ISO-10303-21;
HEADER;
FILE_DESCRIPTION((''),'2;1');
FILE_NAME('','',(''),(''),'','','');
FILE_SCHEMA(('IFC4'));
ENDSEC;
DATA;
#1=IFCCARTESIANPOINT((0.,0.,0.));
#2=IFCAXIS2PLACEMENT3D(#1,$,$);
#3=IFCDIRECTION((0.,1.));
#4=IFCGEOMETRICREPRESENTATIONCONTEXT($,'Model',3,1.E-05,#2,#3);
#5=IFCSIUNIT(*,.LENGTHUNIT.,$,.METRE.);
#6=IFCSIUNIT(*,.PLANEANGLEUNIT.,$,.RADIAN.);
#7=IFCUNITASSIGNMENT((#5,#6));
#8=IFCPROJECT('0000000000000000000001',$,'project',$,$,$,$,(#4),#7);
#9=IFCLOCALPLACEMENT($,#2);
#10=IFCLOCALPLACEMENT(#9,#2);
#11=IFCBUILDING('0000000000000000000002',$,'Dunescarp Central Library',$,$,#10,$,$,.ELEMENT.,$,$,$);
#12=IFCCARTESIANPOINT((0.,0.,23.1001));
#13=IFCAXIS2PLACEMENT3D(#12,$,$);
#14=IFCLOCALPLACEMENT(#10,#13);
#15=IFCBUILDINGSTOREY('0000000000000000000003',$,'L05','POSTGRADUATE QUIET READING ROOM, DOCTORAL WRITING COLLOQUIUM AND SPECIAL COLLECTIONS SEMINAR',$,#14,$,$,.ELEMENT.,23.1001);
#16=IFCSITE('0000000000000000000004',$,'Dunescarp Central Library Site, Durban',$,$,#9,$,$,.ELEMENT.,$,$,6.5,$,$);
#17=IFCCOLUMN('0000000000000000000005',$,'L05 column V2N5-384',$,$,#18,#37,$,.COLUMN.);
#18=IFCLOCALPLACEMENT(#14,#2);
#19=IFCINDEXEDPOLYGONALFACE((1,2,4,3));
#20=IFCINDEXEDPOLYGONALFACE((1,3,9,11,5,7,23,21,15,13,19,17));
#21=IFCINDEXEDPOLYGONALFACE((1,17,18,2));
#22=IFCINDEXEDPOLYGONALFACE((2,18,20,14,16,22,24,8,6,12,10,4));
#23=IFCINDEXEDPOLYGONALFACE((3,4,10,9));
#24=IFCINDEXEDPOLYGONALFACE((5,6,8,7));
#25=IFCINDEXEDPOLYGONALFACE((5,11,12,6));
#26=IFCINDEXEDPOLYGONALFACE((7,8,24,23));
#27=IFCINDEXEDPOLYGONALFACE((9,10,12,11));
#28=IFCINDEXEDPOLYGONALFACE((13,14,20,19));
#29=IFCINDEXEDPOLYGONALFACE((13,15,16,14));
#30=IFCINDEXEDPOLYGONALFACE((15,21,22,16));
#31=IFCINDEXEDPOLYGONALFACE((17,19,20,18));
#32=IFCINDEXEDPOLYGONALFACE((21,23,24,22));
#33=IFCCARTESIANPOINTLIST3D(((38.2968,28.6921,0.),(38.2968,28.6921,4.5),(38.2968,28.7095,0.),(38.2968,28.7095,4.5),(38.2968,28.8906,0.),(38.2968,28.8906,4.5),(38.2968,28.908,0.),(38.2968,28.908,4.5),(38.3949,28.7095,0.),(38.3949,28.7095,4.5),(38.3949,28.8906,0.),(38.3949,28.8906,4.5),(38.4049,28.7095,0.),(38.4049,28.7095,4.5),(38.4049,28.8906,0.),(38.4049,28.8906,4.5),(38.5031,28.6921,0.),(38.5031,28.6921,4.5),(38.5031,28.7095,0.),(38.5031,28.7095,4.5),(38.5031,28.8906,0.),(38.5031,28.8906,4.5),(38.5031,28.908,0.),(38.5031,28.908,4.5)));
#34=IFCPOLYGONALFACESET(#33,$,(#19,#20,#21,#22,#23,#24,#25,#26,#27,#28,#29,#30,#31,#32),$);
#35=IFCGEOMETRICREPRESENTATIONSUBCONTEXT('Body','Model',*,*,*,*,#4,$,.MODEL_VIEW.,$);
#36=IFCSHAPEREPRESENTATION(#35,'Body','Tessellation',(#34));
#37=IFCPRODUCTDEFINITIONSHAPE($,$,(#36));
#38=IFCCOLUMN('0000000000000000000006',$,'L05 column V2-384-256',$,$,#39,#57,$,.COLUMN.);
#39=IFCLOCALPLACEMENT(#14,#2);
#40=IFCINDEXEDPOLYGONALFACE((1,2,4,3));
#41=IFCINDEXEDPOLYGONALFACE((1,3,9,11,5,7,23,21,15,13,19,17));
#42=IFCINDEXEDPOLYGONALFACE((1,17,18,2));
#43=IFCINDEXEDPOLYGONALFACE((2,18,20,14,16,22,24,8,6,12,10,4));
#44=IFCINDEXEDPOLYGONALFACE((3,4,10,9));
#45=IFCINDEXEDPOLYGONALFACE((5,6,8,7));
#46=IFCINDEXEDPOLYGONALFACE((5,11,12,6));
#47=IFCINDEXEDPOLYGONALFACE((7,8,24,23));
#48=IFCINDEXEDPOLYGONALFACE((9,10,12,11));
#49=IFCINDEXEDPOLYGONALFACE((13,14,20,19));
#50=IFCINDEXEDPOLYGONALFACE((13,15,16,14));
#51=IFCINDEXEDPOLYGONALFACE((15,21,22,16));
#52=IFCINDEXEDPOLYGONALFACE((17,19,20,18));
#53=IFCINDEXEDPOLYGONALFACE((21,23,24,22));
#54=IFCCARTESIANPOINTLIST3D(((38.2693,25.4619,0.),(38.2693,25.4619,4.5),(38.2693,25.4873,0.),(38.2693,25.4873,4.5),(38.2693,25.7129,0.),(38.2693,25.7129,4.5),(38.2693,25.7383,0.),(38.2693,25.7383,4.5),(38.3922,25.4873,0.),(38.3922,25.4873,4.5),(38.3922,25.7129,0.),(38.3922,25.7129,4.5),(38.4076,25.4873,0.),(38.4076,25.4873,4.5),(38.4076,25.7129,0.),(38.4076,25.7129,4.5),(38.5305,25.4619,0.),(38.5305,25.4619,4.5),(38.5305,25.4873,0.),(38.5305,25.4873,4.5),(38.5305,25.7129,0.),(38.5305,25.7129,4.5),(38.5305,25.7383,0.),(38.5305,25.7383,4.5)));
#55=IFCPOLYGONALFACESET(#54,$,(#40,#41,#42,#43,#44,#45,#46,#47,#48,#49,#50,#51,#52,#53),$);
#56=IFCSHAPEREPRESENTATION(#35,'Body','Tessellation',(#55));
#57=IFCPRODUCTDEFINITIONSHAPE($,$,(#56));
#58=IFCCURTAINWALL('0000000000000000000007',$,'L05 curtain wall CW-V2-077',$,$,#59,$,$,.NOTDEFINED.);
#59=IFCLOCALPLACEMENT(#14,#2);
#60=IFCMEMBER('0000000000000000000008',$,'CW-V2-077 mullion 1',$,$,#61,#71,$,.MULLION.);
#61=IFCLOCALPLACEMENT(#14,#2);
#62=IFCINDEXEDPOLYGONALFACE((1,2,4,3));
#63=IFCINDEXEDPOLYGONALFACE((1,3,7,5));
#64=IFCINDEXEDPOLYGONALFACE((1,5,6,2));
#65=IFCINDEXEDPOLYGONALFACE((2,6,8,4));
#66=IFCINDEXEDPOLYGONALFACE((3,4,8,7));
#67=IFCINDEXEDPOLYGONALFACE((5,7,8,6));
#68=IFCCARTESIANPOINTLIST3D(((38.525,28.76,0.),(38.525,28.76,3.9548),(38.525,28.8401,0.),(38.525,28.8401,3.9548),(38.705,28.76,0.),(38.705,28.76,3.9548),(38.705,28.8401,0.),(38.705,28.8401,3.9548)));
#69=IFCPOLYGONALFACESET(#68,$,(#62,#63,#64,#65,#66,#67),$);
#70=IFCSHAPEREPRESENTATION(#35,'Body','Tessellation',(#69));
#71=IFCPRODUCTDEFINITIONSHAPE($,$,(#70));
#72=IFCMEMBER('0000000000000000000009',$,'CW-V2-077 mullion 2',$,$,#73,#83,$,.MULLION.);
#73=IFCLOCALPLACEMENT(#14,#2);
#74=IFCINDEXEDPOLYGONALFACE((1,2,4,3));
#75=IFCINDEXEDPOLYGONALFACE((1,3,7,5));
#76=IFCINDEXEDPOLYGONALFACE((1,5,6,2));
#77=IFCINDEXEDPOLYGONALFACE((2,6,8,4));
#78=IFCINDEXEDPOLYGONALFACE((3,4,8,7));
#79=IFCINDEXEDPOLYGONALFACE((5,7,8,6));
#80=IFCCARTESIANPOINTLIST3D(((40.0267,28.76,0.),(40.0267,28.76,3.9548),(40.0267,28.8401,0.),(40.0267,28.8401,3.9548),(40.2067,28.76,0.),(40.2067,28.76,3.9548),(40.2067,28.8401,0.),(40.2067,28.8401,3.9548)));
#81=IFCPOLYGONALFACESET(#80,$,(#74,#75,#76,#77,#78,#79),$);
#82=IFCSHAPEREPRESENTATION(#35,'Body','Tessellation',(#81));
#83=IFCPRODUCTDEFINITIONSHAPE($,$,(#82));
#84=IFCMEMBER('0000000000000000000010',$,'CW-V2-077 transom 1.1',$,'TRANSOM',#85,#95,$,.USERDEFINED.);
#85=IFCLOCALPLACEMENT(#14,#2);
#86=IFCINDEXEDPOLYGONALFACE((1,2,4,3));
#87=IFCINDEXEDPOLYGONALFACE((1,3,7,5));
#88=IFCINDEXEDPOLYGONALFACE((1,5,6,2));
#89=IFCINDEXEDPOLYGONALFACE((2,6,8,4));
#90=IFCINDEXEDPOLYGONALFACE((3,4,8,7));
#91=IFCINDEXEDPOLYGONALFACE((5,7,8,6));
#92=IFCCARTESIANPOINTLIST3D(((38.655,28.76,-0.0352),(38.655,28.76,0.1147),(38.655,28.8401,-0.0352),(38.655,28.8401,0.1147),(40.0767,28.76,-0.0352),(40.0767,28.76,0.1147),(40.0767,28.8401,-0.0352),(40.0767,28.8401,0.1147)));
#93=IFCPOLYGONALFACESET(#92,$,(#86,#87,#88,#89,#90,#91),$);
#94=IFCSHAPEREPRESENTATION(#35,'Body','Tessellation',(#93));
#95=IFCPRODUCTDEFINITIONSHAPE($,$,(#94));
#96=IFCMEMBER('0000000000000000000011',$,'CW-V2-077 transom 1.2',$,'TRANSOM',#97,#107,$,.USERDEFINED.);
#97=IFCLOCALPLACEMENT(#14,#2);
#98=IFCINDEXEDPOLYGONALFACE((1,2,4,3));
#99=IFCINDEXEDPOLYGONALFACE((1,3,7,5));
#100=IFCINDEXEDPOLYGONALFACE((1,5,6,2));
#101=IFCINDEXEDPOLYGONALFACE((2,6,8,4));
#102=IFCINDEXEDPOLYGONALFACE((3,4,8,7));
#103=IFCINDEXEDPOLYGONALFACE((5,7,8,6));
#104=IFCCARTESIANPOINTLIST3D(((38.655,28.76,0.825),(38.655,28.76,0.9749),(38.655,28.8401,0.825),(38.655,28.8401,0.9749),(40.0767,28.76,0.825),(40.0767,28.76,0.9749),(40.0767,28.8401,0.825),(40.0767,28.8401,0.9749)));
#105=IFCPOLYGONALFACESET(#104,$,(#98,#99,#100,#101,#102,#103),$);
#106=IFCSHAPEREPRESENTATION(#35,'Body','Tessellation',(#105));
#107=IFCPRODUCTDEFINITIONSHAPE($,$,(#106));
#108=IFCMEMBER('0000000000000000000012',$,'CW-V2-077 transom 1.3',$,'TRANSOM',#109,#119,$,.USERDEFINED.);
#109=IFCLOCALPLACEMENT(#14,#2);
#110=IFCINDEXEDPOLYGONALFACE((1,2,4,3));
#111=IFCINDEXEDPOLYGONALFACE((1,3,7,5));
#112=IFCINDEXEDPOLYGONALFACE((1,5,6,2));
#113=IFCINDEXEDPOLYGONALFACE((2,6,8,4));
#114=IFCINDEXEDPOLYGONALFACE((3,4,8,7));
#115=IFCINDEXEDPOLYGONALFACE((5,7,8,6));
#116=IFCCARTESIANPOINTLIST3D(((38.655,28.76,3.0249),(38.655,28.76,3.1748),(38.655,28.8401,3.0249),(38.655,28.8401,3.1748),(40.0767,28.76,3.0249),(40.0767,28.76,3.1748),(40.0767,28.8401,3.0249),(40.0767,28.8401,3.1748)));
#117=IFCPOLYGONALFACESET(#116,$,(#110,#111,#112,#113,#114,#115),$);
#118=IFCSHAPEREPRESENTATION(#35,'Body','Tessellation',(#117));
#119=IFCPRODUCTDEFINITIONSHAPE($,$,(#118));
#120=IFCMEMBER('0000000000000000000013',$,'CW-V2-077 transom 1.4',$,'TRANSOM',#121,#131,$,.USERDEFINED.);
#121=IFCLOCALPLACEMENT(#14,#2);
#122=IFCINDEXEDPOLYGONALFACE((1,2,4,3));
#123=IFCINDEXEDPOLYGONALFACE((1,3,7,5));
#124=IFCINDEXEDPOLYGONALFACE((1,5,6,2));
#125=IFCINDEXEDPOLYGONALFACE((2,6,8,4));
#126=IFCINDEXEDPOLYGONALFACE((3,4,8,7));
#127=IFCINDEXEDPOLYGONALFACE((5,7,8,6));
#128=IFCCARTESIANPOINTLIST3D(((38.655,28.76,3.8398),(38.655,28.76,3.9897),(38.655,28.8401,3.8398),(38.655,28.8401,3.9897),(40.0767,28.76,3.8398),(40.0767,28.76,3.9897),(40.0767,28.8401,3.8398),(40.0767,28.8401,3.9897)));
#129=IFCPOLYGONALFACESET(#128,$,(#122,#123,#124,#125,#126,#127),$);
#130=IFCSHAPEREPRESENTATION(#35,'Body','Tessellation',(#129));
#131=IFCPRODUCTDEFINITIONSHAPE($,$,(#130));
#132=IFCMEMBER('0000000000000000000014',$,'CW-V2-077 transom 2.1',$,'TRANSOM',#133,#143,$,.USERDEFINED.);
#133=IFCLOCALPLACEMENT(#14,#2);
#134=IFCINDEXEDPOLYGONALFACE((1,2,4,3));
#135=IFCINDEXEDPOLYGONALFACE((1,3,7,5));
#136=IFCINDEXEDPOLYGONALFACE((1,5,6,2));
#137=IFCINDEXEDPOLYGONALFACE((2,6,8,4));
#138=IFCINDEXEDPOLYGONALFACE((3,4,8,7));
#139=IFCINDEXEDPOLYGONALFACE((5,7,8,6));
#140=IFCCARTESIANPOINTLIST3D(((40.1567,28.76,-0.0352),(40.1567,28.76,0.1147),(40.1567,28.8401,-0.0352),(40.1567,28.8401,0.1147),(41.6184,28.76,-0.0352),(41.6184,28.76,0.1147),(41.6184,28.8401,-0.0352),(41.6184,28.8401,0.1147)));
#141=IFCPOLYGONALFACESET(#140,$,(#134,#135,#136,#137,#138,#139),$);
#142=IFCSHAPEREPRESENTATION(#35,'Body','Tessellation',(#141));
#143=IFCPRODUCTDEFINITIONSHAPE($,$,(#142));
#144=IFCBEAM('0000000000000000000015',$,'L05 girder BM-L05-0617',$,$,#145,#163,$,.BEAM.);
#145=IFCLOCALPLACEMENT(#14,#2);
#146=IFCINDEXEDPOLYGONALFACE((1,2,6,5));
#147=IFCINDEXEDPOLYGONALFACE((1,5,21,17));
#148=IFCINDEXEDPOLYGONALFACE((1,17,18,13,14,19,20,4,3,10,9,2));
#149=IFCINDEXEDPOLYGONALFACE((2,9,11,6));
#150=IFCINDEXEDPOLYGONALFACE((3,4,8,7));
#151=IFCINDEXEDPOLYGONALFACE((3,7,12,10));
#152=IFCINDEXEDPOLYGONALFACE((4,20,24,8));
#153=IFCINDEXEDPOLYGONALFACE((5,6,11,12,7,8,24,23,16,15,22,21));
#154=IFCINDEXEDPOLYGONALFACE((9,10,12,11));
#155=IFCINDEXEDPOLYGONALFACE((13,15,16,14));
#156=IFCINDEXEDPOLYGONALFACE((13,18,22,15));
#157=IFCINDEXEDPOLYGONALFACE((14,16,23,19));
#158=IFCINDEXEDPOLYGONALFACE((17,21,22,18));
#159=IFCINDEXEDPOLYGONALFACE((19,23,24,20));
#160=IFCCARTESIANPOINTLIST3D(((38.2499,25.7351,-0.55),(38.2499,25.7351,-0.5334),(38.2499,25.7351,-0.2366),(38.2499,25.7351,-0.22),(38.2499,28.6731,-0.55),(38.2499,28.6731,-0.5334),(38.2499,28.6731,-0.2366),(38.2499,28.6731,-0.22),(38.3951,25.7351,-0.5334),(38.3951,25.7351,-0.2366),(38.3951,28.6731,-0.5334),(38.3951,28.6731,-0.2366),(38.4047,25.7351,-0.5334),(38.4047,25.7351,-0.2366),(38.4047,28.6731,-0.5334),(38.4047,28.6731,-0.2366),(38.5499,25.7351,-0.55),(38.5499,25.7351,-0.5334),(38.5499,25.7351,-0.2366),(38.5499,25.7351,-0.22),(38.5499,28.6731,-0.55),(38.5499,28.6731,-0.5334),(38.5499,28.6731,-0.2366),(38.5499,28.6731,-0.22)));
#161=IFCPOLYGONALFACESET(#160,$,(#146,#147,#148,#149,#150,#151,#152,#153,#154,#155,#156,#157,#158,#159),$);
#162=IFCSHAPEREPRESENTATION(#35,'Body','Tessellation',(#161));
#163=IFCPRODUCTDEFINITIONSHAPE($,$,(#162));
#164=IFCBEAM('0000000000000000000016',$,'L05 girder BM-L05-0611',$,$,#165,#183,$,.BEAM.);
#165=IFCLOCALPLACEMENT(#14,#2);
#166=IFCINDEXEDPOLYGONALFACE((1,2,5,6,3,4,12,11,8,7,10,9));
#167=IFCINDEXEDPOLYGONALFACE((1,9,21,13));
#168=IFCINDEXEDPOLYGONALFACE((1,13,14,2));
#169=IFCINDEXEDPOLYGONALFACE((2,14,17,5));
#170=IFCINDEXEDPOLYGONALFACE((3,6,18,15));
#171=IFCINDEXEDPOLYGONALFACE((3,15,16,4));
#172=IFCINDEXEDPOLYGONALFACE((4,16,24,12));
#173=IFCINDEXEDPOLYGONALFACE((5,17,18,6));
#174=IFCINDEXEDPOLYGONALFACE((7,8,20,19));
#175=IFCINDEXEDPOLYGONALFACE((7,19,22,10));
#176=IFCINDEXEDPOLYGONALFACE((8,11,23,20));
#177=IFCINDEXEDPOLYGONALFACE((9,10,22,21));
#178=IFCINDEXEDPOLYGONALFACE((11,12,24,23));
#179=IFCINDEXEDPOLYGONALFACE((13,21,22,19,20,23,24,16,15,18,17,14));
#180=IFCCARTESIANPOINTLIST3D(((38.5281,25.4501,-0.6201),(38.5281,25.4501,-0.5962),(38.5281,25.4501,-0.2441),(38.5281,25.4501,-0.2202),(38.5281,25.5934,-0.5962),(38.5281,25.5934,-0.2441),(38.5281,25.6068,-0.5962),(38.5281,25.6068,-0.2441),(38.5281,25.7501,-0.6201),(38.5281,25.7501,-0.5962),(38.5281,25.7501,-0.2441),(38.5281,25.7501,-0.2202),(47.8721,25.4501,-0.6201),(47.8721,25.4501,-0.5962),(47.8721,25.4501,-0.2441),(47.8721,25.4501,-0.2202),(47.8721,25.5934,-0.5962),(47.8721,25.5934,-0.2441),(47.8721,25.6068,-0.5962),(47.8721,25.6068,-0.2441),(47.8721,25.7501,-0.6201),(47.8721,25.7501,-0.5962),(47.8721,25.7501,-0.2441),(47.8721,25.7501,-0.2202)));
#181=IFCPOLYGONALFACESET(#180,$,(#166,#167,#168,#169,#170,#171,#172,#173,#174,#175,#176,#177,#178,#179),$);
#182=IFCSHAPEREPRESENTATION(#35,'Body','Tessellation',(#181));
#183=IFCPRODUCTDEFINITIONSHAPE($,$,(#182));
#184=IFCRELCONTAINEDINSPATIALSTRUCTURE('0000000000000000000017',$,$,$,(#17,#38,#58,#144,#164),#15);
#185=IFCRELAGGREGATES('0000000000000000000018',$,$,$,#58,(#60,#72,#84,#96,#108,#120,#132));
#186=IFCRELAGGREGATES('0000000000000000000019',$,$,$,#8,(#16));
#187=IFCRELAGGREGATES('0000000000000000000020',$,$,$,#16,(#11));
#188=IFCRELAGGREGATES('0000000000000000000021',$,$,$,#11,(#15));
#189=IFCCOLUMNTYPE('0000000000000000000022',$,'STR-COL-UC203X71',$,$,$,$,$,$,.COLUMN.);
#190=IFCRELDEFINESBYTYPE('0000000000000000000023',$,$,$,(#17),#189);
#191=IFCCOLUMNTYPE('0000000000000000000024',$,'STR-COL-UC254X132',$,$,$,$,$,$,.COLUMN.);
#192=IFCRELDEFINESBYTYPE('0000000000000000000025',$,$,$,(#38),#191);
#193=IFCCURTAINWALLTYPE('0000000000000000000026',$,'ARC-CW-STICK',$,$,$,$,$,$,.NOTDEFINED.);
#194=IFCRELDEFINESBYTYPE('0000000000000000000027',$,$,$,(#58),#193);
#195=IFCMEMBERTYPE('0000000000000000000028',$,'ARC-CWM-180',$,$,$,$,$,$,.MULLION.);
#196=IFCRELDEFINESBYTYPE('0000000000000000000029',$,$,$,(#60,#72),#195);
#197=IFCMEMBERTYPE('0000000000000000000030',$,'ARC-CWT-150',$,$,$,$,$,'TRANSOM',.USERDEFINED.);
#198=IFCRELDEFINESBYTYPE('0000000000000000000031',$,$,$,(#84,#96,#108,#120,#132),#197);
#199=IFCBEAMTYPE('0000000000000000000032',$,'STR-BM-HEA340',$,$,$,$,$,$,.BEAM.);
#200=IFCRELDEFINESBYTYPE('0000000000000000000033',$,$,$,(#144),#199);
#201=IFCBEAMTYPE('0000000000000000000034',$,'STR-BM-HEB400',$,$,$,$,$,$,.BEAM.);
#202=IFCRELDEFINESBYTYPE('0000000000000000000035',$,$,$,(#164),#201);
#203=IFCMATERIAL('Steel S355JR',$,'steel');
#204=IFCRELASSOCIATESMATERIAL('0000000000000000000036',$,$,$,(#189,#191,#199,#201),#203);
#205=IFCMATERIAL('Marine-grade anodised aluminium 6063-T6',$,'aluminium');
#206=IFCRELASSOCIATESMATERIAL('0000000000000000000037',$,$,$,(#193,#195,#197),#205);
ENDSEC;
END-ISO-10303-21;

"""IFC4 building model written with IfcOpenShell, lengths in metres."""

from ifc_helpers import new_model, si_unit, direction, frame, origin, origin_2d, place, context, subcontext, project, spatial, rectangle, i_section, extrude, material, material_profile, profile_set, type_object, element, aggregate, save


model = new_model("IFC4")

# Units and contexts
model_context = context("Model", 3, precision=1e-05, world=origin(), true_north=direction((0.0, 1.0)))
body_context = subcontext(model_context, "Body", "Model", "MODEL_VIEW")
ifc_project = project(units=[si_unit("LENGTHUNIT", "METRE"), si_unit("PLANEANGLEUNIT", "RADIAN")], contexts=[model_context])

# Site, building, storey
site_placement = place(None, origin())
site = spatial("IfcSite", under=ifc_project, at=site_placement, Name="Dunescarp Central Library Site, Durban", CompositionType="ELEMENT", RefElevation=6.5)
building_placement = place(site_placement, origin())
building = spatial("IfcBuilding", under=site, at=building_placement, Name="Dunescarp Central Library", CompositionType="ELEMENT")
storey_placement = place(building_placement, frame((0.0, 0.0, 23.1001)))
storey = spatial("IfcBuildingStorey", under=building, at=storey_placement, Name="L05", Description="POSTGRADUATE QUIET READING ROOM, DOCTORAL WRITING COLLOQUIUM AND SPECIAL COLLECTIONS SEMINAR", CompositionType="ELEMENT", Elevation=23.1001)

# Columns
ifc_material_1 = material(Name="Steel S355JR", Category="steel")
ifc_material_profile_1 = material_profile(ifc_material_1, i_section(OverallWidth=0.2063, OverallDepth=0.2158, WebThickness=0.01, FlangeThickness=0.0173, at=origin_2d()), Name="UC 203x203x71")
ifc_profile_set_1 = profile_set([ifc_material_profile_1], Name="Steel S355JR")
column_type_1 = type_object("IfcColumnType", Name="STR-COL-UC203X71", PredefinedType="COLUMN", material=ifc_profile_set_1)
column_1_placement = place(storey_placement, frame((38.3999, 28.8, 0.0), z_axis=(0.0, 0.0, 1.0), x_axis=(1.0, 0.0, 0.0)))
element("IfcColumn", 1, at=column_1_placement, inside=storey, type_object=column_type_1, Name="L05 column V2N5-384", PredefinedType="COLUMN", context=body_context, shape_type="SweptSolid", body=[
    extrude(i_section(OverallWidth=0.2063, OverallDepth=0.2158, WebThickness=0.01, FlangeThickness=0.0173, at=origin_2d()), origin(), (0.0, 0.0, 1.0), 4.5),
])
ifc_material_profile_2 = material_profile(ifc_material_1, i_section(OverallWidth=0.2612, OverallDepth=0.2764, WebThickness=0.0154, FlangeThickness=0.0254, at=origin_2d()), Name="UC 254x254x132")
ifc_profile_set_2 = profile_set([ifc_material_profile_2], Name="Steel S355JR")
column_type_2 = type_object("IfcColumnType", Name="STR-COL-UC254X132", PredefinedType="COLUMN", material=ifc_profile_set_2)
column_2_placement = place(storey_placement, frame((38.3999, 25.6001, 0.0), z_axis=(0.0, 0.0, 1.0), x_axis=(1.0, 0.0, 0.0)))
element("IfcColumn", 2, at=column_2_placement, inside=storey, type_object=column_type_2, Name="L05 column V2-384-256", PredefinedType="COLUMN", context=body_context, shape_type="SweptSolid", body=[
    extrude(i_section(OverallWidth=0.2612, OverallDepth=0.2764, WebThickness=0.0154, FlangeThickness=0.0254, at=origin_2d()), origin(), (0.0, 0.0, 1.0), 4.5),
])

# Curtain wall, members
ifc_material_2 = material(Name="Marine-grade anodised aluminium 6063-T6", Category="aluminium")
curtain_wall_type = type_object("IfcCurtainWallType", Name="ARC-CW-STICK", PredefinedType="NOTDEFINED", material=ifc_material_2)
curtain_wall_placement = place(storey_placement, origin())
curtain_wall = element("IfcCurtainWall", 3, at=curtain_wall_placement, inside=storey, type_object=curtain_wall_type, Name="L05 curtain wall CW-V2-077", PredefinedType="NOTDEFINED")
ifc_material_profile_3 = material_profile(ifc_material_2, rectangle(XDim=0.0801, YDim=0.1799, at=origin_2d()), Name="AL 80x180")
ifc_profile_set_3 = profile_set([ifc_material_profile_3], Name="Marine-grade anodised aluminium 6063-T6")
member_type_1 = type_object("IfcMemberType", Name="ARC-CWM-180", PredefinedType="MULLION", material=ifc_profile_set_3)
member_1_placement = place(storey_placement, frame((38.615, 28.8, 0.0), z_axis=(0.0, 0.0, 1.0), x_axis=(0.0, 1.0, 0.0)))
member_1 = element("IfcMember", 4, at=member_1_placement, type_object=member_type_1, Name="CW-V2-077 mullion 1", PredefinedType="MULLION", context=body_context, shape_type="SweptSolid", body=[
    extrude(rectangle(XDim=0.0801, YDim=0.1799, at=origin_2d()), origin(), (0.0, 0.0, 1.0), 3.9548),
])
member_2_placement = place(storey_placement, frame((40.1167, 28.8, 0.0), z_axis=(0.0, 0.0, 1.0), x_axis=(0.0, 1.0, 0.0)))
member_2 = element("IfcMember", 5, at=member_2_placement, type_object=member_type_1, Name="CW-V2-077 mullion 2", PredefinedType="MULLION", context=body_context, shape_type="SweptSolid", body=[
    extrude(rectangle(XDim=0.0801, YDim=0.1799, at=origin_2d()), origin(), (0.0, 0.0, 1.0), 3.9548),
])
ifc_material_profile_4 = material_profile(ifc_material_2, rectangle(XDim=0.0801, YDim=0.1499, at=origin_2d()), Name="AL 80x150")
ifc_profile_set_4 = profile_set([ifc_material_profile_4], Name="Marine-grade anodised aluminium 6063-T6")
member_type_2 = type_object("IfcMemberType", Name="ARC-CWT-150", ElementType="TRANSOM", PredefinedType="USERDEFINED", material=ifc_profile_set_4)
member_3_placement = place(storey_placement, frame((38.655, 28.8, 0.0398), z_axis=(1.0, 0.0, 0.0), x_axis=(0.0, 1.0, 0.0)))
member_3 = element("IfcMember", 6, at=member_3_placement, type_object=member_type_2, Name="CW-V2-077 transom 1.1", ObjectType="TRANSOM", PredefinedType="USERDEFINED", context=body_context, shape_type="SweptSolid", body=[
    extrude(rectangle(XDim=0.0801, YDim=0.1499, at=origin_2d()), origin(), (0.0, 0.0, 1.0), 1.4216),
])
member_4_placement = place(storey_placement, frame((38.655, 28.8, 0.8999), z_axis=(1.0, 0.0, 0.0), x_axis=(0.0, 1.0, 0.0)))
member_4 = element("IfcMember", 7, at=member_4_placement, type_object=member_type_2, Name="CW-V2-077 transom 1.2", ObjectType="TRANSOM", PredefinedType="USERDEFINED", context=body_context, shape_type="SweptSolid", body=[
    extrude(rectangle(XDim=0.0801, YDim=0.1499, at=origin_2d()), origin(), (0.0, 0.0, 1.0), 1.4216),
])
member_5_placement = place(storey_placement, frame((38.655, 28.8, 3.0999), z_axis=(1.0, 0.0, 0.0), x_axis=(0.0, 1.0, 0.0)))
member_5 = element("IfcMember", 8, at=member_5_placement, type_object=member_type_2, Name="CW-V2-077 transom 1.3", ObjectType="TRANSOM", PredefinedType="USERDEFINED", context=body_context, shape_type="SweptSolid", body=[
    extrude(rectangle(XDim=0.0801, YDim=0.1499, at=origin_2d()), origin(), (0.0, 0.0, 1.0), 1.4216),
])
member_6_placement = place(storey_placement, frame((38.655, 28.8, 3.9148), z_axis=(1.0, 0.0, 0.0), x_axis=(0.0, 1.0, 0.0)))
member_6 = element("IfcMember", 9, at=member_6_placement, type_object=member_type_2, Name="CW-V2-077 transom 1.4", ObjectType="TRANSOM", PredefinedType="USERDEFINED", context=body_context, shape_type="SweptSolid", body=[
    extrude(rectangle(XDim=0.0801, YDim=0.1499, at=origin_2d()), origin(), (0.0, 0.0, 1.0), 1.4216),
])
member_7_placement = place(storey_placement, frame((40.1567, 28.8, 0.0398), z_axis=(1.0, 0.0, 0.0), x_axis=(0.0, 1.0, 0.0)))
member_7 = element("IfcMember", 10, at=member_7_placement, type_object=member_type_2, Name="CW-V2-077 transom 2.1", ObjectType="TRANSOM", PredefinedType="USERDEFINED", context=body_context, shape_type="SweptSolid", body=[
    extrude(rectangle(XDim=0.0801, YDim=0.1499, at=origin_2d()), origin(), (0.0, 0.0, 1.0), 1.4617),
])

# Beams
ifc_material_profile_5 = material_profile(ifc_material_1, i_section(OverallWidth=0.3, OverallDepth=0.3301, WebThickness=0.0095, FlangeThickness=0.0166, at=origin_2d()), Name="HEA 340")
ifc_profile_set_5 = profile_set([ifc_material_profile_5], Name="Steel S355JR")
beam_type_1 = type_object("IfcBeamType", Name="STR-BM-HEA340", PredefinedType="BEAM", material=ifc_profile_set_5)
beam_1_placement = place(storey_placement, frame((38.3999, 25.7351, -0.385), z_axis=(0.0, 1.0, 0.0), x_axis=(-1.0, 0.0, 0.0)))
element("IfcBeam", 11, at=beam_1_placement, inside=storey, type_object=beam_type_1, Name="L05 girder BM-L05-0617", PredefinedType="BEAM", context=body_context, shape_type="SweptSolid", body=[
    extrude(i_section(OverallWidth=0.3, OverallDepth=0.3301, WebThickness=0.0095, FlangeThickness=0.0166, at=origin_2d()), origin(), (0.0, 0.0, 1.0), 2.938),
])
ifc_material_profile_6 = material_profile(ifc_material_1, i_section(OverallWidth=0.3, OverallDepth=0.3999, WebThickness=0.0134, FlangeThickness=0.0239, at=origin_2d()), Name="HEB 400")
ifc_profile_set_6 = profile_set([ifc_material_profile_6], Name="Steel S355JR")
beam_type_2 = type_object("IfcBeamType", Name="STR-BM-HEB400", PredefinedType="BEAM", material=ifc_profile_set_6)
beam_2_placement = place(storey_placement, frame((38.5281, 25.6001, -0.4202), z_axis=(1.0, 0.0, 0.0), x_axis=(0.0, 1.0, 0.0)))
element("IfcBeam", 12, at=beam_2_placement, inside=storey, type_object=beam_type_2, Name="L05 girder BM-L05-0611", PredefinedType="BEAM", context=body_context, shape_type="SweptSolid", body=[
    extrude(i_section(OverallWidth=0.3, OverallDepth=0.3999, WebThickness=0.0134, FlangeThickness=0.0239, at=origin_2d()), origin(), (0.0, 0.0, 1.0), 9.344),
])

aggregate(curtain_wall, [member_1, member_2, member_3, member_4, member_5, member_6, member_7])

save(model, "model.ifc")
